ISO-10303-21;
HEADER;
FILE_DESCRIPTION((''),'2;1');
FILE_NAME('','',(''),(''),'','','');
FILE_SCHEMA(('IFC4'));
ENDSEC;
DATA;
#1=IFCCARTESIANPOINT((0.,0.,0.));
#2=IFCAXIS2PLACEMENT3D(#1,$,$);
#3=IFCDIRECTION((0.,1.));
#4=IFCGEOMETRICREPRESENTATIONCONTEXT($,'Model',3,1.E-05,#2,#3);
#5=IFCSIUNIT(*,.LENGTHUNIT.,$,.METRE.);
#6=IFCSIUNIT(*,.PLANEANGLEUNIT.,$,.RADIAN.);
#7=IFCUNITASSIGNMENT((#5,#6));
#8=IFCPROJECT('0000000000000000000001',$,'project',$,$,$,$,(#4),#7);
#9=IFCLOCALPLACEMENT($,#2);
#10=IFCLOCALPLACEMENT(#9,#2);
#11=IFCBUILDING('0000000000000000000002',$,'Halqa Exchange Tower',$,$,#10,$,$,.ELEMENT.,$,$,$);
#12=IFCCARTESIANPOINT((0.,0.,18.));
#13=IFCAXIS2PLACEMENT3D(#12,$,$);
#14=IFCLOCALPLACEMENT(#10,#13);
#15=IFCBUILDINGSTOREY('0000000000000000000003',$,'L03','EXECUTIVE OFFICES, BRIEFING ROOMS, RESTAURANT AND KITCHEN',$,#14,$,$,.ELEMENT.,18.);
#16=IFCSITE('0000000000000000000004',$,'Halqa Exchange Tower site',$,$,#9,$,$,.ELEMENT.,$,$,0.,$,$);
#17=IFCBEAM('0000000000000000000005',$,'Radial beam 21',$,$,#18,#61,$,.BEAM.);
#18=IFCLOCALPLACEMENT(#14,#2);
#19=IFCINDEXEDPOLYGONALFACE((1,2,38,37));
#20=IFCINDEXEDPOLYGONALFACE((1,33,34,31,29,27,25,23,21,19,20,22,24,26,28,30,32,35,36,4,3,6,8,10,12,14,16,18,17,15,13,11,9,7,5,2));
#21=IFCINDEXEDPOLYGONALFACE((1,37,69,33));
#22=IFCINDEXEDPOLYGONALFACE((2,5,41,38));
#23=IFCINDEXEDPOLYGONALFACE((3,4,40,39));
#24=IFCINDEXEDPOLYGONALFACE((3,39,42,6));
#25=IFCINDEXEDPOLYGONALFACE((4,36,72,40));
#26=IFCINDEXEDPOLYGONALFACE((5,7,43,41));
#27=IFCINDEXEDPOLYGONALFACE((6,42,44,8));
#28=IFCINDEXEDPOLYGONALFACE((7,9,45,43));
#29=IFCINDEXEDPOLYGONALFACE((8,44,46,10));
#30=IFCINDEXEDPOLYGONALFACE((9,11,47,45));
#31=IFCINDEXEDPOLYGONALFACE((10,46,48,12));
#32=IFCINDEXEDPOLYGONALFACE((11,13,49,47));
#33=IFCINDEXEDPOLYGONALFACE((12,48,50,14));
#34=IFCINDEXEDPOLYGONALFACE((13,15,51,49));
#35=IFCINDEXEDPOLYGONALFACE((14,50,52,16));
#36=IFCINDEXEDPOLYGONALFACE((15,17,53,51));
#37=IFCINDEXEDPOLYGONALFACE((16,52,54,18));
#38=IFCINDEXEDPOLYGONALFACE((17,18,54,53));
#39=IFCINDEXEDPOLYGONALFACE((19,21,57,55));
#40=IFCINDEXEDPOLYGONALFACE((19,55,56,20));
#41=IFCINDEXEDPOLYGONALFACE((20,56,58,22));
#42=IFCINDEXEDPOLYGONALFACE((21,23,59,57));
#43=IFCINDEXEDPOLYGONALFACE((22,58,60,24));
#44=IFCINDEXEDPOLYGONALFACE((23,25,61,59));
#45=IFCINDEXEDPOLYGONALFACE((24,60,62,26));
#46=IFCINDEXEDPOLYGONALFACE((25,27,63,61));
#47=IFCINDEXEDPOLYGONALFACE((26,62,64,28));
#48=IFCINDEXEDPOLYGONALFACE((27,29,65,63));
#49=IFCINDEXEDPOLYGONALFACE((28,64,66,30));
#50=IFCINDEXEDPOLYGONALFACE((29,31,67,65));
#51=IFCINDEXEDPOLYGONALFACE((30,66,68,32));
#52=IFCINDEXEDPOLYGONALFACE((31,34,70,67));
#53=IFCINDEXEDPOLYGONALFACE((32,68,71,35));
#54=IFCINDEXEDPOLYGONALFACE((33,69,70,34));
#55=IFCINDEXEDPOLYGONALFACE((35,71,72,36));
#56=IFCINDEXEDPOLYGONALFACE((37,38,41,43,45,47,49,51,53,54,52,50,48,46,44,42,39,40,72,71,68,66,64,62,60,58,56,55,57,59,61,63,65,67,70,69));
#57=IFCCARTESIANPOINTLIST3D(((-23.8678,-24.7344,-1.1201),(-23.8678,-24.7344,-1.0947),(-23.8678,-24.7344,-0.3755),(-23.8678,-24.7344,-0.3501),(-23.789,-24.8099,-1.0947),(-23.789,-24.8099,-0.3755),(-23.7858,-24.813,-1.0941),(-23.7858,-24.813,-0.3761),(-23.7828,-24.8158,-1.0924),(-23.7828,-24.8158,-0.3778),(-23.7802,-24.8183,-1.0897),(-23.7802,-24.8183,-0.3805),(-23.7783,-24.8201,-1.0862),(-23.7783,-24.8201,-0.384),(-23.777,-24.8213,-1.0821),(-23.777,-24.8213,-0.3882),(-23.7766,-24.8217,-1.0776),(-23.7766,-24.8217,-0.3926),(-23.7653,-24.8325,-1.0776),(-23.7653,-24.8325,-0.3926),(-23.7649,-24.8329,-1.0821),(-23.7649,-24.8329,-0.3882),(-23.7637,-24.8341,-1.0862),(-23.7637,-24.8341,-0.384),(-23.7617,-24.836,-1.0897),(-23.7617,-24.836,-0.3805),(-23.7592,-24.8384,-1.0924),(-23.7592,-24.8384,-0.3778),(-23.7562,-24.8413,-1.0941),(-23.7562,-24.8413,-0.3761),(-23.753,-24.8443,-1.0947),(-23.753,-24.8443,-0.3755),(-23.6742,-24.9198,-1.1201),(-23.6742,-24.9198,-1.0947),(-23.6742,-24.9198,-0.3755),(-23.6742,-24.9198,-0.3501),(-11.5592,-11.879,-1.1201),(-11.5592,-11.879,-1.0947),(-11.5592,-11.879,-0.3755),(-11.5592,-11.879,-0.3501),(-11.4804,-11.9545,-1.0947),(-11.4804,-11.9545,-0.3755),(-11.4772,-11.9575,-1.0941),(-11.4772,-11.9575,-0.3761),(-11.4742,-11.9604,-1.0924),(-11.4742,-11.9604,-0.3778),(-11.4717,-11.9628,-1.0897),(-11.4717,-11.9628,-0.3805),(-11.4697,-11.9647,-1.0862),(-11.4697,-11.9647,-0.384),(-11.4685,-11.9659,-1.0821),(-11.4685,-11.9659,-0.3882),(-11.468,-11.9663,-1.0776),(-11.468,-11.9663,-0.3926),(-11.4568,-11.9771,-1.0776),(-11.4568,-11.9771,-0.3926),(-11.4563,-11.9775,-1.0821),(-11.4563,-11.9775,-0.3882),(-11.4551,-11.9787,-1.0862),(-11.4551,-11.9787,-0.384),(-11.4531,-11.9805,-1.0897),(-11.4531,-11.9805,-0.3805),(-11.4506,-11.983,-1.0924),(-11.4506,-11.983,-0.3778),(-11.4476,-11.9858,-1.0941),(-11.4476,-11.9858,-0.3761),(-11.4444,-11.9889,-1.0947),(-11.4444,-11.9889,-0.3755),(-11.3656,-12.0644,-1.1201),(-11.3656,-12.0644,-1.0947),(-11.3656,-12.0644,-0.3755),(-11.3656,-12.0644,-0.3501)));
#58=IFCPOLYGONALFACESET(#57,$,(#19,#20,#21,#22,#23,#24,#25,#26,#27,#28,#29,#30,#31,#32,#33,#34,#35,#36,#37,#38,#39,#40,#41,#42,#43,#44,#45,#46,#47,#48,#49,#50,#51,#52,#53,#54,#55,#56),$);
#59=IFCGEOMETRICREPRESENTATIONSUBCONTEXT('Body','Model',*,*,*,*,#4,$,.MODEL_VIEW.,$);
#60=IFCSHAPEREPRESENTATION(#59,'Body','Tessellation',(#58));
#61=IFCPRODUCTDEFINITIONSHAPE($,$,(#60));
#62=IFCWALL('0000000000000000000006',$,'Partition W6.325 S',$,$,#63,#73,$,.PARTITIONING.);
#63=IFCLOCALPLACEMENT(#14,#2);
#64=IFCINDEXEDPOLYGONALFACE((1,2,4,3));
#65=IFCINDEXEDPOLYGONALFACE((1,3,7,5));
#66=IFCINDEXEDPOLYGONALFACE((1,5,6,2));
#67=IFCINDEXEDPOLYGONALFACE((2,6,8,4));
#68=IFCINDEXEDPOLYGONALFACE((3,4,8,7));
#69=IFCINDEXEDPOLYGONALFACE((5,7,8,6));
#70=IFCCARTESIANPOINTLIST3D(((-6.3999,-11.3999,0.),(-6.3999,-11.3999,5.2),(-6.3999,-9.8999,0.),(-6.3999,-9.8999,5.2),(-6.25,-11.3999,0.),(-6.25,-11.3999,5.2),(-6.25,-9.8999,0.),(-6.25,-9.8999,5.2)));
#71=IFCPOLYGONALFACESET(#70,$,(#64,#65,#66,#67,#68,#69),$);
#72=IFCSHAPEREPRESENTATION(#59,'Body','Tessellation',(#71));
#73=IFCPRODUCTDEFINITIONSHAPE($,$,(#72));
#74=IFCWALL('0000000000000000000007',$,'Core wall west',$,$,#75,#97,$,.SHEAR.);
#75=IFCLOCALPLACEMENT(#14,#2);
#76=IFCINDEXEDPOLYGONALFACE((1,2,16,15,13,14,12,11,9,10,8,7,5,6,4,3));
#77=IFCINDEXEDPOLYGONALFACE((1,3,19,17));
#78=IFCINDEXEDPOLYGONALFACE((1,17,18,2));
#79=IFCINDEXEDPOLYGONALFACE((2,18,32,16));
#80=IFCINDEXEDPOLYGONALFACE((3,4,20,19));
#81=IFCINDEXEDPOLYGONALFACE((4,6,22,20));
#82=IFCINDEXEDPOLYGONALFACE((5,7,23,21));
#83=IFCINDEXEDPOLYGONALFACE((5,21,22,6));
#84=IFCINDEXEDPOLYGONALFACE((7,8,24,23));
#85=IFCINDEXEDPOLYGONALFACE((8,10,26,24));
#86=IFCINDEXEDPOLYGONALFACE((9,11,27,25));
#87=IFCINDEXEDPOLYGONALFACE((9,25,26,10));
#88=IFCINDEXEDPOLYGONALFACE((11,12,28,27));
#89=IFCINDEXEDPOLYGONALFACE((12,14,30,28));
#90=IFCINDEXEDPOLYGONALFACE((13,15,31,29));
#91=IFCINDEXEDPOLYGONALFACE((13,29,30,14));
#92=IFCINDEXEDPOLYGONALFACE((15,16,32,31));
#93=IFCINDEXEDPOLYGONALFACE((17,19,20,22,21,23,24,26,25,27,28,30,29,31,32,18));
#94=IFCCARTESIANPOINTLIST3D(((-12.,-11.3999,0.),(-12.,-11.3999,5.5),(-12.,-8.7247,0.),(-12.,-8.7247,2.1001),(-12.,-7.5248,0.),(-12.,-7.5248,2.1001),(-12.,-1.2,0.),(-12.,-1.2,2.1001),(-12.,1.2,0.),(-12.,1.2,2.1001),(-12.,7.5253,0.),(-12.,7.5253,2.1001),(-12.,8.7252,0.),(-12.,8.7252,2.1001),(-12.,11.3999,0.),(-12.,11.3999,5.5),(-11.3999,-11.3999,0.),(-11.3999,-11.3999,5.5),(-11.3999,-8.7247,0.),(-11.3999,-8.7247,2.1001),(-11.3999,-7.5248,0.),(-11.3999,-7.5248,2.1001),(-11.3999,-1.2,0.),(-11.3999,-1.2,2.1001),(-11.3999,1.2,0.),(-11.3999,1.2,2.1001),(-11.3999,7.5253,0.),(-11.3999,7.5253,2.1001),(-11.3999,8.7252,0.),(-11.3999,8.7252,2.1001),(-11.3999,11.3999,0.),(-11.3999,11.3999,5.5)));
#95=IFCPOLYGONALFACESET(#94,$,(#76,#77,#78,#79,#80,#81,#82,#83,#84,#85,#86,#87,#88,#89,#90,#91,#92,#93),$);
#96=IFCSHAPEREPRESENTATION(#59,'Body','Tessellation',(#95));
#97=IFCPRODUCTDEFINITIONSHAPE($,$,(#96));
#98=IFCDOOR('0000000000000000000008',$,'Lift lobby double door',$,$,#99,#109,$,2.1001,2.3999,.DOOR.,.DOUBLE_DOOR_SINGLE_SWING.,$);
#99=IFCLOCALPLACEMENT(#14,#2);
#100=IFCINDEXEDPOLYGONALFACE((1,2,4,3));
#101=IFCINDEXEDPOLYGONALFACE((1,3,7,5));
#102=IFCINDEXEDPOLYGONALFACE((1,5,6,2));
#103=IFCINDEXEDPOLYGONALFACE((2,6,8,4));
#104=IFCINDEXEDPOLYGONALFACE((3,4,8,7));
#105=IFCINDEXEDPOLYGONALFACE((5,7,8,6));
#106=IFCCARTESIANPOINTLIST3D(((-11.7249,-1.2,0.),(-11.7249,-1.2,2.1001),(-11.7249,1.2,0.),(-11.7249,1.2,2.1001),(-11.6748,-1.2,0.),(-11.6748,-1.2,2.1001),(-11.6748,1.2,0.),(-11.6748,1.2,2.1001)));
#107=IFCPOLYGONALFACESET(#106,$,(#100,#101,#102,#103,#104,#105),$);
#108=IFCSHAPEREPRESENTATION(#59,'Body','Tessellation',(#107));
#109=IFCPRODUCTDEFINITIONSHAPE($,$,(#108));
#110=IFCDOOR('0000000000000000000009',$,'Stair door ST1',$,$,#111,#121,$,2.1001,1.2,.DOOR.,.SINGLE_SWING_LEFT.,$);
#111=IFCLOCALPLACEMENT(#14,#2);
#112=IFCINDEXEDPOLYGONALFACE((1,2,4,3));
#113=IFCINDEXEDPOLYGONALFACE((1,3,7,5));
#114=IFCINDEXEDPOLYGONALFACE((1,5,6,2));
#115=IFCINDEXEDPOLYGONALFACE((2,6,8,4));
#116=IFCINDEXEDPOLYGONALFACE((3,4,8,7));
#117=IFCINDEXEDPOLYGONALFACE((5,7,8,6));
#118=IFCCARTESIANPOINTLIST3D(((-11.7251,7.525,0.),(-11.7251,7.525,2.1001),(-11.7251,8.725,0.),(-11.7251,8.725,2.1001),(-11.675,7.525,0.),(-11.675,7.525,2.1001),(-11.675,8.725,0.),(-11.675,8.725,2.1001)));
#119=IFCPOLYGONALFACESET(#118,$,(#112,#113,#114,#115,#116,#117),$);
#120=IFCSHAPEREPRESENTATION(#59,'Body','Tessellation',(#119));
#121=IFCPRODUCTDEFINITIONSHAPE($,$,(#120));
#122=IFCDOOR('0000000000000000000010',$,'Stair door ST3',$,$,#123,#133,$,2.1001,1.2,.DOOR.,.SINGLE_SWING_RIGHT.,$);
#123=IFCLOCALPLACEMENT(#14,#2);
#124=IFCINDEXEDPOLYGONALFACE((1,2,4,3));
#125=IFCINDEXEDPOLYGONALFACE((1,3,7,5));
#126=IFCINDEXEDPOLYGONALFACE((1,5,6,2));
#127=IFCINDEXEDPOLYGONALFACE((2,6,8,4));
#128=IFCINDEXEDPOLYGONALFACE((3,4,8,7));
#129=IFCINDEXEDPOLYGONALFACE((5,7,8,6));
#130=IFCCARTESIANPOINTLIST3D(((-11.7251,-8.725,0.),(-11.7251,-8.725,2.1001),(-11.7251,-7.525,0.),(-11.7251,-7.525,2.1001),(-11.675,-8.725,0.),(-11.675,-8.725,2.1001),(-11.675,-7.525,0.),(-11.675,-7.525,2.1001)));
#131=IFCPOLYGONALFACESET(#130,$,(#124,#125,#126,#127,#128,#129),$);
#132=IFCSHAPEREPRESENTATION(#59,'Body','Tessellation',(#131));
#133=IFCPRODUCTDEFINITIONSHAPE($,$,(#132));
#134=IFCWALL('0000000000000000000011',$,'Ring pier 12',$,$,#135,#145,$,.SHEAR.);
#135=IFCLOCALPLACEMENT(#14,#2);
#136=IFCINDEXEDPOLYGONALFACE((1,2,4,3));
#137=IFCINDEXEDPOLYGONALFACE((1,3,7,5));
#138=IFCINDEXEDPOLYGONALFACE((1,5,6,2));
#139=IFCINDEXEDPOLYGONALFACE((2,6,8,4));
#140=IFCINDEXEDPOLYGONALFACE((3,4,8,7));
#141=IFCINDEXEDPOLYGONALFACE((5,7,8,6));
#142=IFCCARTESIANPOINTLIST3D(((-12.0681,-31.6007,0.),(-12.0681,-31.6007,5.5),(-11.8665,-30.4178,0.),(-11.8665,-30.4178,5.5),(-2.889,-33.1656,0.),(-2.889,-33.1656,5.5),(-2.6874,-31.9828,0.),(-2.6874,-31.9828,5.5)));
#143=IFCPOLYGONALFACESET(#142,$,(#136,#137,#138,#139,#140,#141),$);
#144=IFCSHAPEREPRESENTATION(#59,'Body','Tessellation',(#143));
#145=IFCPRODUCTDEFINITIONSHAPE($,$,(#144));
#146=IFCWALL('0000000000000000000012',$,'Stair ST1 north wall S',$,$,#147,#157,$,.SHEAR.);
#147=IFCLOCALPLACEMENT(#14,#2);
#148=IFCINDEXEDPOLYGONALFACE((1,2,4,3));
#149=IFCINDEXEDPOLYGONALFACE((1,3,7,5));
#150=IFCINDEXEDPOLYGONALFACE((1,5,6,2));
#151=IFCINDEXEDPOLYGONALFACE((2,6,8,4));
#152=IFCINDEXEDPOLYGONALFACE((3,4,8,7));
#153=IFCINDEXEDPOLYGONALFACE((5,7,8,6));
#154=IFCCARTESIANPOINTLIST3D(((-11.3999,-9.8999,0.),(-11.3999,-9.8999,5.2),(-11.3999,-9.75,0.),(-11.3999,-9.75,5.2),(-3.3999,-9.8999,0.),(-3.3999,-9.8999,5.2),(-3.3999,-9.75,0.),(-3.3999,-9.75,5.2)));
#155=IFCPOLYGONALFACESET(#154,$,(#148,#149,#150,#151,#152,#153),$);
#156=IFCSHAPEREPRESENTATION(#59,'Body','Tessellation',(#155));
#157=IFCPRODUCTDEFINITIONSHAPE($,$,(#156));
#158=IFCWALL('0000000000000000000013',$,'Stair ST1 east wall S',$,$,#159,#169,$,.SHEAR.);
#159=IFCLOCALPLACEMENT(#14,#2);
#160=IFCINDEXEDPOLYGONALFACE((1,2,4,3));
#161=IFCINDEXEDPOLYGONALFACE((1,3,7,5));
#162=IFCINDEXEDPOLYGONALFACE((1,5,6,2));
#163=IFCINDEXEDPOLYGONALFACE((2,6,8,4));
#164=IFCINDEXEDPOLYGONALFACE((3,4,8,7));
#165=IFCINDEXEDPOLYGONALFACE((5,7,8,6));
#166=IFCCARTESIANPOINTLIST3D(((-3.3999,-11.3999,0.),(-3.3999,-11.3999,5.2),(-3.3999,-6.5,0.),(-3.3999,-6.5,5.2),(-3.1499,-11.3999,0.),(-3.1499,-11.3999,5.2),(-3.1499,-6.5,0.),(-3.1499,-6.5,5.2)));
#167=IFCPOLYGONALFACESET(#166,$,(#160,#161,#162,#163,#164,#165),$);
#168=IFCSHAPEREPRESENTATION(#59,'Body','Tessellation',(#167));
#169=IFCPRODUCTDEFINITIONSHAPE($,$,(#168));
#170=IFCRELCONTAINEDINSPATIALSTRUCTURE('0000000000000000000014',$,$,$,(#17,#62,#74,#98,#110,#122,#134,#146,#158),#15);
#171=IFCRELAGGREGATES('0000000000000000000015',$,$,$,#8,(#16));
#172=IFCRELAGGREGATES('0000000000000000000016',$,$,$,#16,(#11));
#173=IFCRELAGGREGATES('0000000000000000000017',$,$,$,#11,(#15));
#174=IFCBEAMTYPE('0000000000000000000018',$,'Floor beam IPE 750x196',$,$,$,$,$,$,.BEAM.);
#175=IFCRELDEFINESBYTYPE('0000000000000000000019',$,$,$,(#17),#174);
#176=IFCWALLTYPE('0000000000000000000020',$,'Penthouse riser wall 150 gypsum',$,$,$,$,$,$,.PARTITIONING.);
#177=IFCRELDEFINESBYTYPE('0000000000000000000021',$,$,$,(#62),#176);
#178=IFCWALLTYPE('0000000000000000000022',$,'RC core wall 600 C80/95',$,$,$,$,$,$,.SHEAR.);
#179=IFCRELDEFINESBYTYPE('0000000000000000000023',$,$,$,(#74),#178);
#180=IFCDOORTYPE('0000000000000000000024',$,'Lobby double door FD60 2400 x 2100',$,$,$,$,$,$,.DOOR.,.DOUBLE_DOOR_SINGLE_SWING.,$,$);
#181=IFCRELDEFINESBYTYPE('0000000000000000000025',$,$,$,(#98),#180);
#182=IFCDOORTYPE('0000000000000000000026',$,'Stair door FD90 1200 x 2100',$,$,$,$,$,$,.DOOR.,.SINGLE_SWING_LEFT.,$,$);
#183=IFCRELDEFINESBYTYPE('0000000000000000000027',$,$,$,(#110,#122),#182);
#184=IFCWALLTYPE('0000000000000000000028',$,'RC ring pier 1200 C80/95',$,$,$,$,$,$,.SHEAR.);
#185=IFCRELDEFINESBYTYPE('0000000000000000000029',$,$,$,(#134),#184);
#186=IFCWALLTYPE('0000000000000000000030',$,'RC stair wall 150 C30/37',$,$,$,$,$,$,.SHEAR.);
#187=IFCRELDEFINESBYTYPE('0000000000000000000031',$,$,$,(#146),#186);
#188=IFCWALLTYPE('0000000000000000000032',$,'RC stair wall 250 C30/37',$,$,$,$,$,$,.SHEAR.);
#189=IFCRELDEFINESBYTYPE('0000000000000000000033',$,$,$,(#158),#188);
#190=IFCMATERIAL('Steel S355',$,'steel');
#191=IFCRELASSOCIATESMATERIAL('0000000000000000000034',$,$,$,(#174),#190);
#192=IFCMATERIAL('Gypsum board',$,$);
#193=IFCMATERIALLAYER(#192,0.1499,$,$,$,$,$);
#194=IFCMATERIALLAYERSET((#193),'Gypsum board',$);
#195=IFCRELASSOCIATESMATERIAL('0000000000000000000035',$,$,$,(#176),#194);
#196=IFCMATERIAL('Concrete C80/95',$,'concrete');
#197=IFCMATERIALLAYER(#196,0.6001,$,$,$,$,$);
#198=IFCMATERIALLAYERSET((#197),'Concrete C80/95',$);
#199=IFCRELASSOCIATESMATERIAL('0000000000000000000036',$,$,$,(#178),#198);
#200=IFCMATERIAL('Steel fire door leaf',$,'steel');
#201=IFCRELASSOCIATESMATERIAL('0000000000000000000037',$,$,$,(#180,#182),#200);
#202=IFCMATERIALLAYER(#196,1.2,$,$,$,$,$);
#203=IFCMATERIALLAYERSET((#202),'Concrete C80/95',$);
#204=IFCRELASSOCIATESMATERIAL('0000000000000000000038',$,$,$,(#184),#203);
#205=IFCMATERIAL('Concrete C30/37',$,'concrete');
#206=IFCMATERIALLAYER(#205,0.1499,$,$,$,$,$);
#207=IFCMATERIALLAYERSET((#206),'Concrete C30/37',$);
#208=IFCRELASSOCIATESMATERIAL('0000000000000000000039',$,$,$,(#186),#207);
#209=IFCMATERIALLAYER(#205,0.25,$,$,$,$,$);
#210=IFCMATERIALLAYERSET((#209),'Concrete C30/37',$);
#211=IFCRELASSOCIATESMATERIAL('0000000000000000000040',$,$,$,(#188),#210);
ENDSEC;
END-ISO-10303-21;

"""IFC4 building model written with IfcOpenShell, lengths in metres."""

from ifc_helpers import new_model, si_unit, direction, frame, frame_2d, origin, origin_2d, place, context, subcontext, project, spatial, rectangle, i_section, extrude, material, layer, layer_set, material_profile, profile_set, type_object, element, fill, save


model = new_model("IFC4")

# Units and contexts
model_context = context("Model", 3, precision=1e-05, world=origin(), true_north=direction((0.0, 1.0)))
body_context = subcontext(model_context, "Body", "Model", "MODEL_VIEW")
ifc_project = project(units=[si_unit("LENGTHUNIT", "METRE"), si_unit("PLANEANGLEUNIT", "RADIAN")], contexts=[model_context])

# Site, building, storey
site_placement = place(None, origin())
site = spatial("IfcSite", under=ifc_project, at=site_placement, Name="Halqa Exchange Tower site", CompositionType="ELEMENT", RefElevation=0.0)
building_placement = place(site_placement, origin())
building = spatial("IfcBuilding", under=site, at=building_placement, Name="Halqa Exchange Tower", CompositionType="ELEMENT")
storey_placement = place(building_placement, frame((0.0, 0.0, 18.0)))
storey = spatial("IfcBuildingStorey", under=building, at=storey_placement, Name="L03", Description="EXECUTIVE OFFICES, BRIEFING ROOMS, RESTAURANT AND KITCHEN", CompositionType="ELEMENT", Elevation=18.0)

# Beam
ifc_material_1 = material(Name="Steel S355", Category="steel")
ifc_material_profile_1 = material_profile(ifc_material_1, i_section(OverallWidth=0.2681, OverallDepth=0.77, WebThickness=0.0156, FlangeThickness=0.0254, FilletRadius=0.0171, at=origin_2d()), Name="IPE 750x196")
ifc_profile_set_1 = profile_set([ifc_material_profile_1], Name="Steel S355")
beam_type_1 = type_object("IfcBeamType", Name="Floor beam IPE 750x196", PredefinedType="BEAM", material=ifc_profile_set_1)
beam_1_placement = place(storey_placement, frame((-11.4624, -11.9717, -0.7351), z_axis=(-0.691576, -0.722303, 0.0), x_axis=(0.722303, -0.691576, 0.0)))
element("IfcBeam", 1, at=beam_1_placement, inside=storey, type_object=beam_type_1, Name="Radial beam 21", PredefinedType="BEAM", context=body_context, shape_type="SweptSolid", body=[
    extrude(i_section(OverallWidth=0.2681, OverallDepth=0.77, WebThickness=0.0156, FlangeThickness=0.0254, FilletRadius=0.0171, at=origin_2d()), origin(), (0.0, 0.0, 1.0), 17.7979),
])

# Wall
ifc_material_2 = material(Name="Gypsum board")
ifc_layer_1 = layer(ifc_material_2, 0.1499)
ifc_layer_set_1 = layer_set([ifc_layer_1], Name="Gypsum board")
wall_type_1 = type_object("IfcWallType", Name="Penthouse riser wall 150 gypsum", PredefinedType="PARTITIONING", material=ifc_layer_set_1)
wall_1_placement = place(storey_placement, frame((-6.325, -11.3999, 0.0), z_axis=(0.0, 0.0, 1.0), x_axis=(0.0, 1.0, 0.0)))
element("IfcWall", 2, at=wall_1_placement, inside=storey, type_object=wall_type_1, Name="Partition W6.325 S", PredefinedType="PARTITIONING", context=body_context, shape_type="SweptSolid", body=[
    extrude(rectangle(XDim=1.5, YDim=0.1499, at=frame_2d((0.75, 0.0))), origin(), (0.0, 0.0, 1.0), 5.2),
])

# Wall, openings, doors
ifc_material_3 = material(Name="Concrete C80/95", Category="concrete")
ifc_layer_2 = layer(ifc_material_3, 0.6001)
ifc_layer_set_2 = layer_set([ifc_layer_2], Name="Concrete C80/95")
wall_type_2 = type_object("IfcWallType", Name="RC core wall 600 C80/95", PredefinedType="SHEAR", material=ifc_layer_set_2)
wall_2_placement = place(storey_placement, frame((-11.7, -11.3999, 0.0), z_axis=(0.0, 0.0, 1.0), x_axis=(0.0, 1.0, 0.0)))
wall_2 = element("IfcWall", 3, at=wall_2_placement, inside=storey, type_object=wall_type_2, Name="Core wall west", PredefinedType="SHEAR", context=body_context, shape_type="SweptSolid", body=[
    extrude(rectangle(XDim=22.7998, YDim=0.6001, at=frame_2d((11.3999, 0.0))), origin(), (0.0, 0.0, 1.0), 5.5),
])
opening_1_placement = place(wall_2_placement, frame((10.2, 0.0, 0.0)))
opening_1 = element("IfcOpeningElement", 4, at=opening_1_placement, cuts=wall_2, PredefinedType="OPENING", context=body_context, shape_type="SweptSolid", body=[
    extrude(rectangle(XDim=2.3999, YDim=2.1001, at=frame_2d((1.2, 1.05))), frame((0.0, 0.312, 0.0), z_axis=(0.0, -1.0, 0.0), x_axis=(1.0, 0.0, 0.0)), (0.0, 0.0, 1.0), 0.624),
])
opening_2_placement = place(wall_2_placement, frame((18.925, 0.0, 0.0)))
opening_2 = element("IfcOpeningElement", 5, at=opening_2_placement, cuts=wall_2, PredefinedType="OPENING", context=body_context, shape_type="SweptSolid", body=[
    extrude(rectangle(XDim=1.2, YDim=2.1001, at=frame_2d((0.6001, 1.05))), frame((0.0, 0.312, 0.0), z_axis=(0.0, -1.0, 0.0), x_axis=(1.0, 0.0, 0.0)), (0.0, 0.0, 1.0), 0.624),
])
opening_3_placement = place(wall_2_placement, frame((2.675, 0.0, 0.0)))
opening_3 = element("IfcOpeningElement", 6, at=opening_3_placement, cuts=wall_2, PredefinedType="OPENING", context=body_context, shape_type="SweptSolid", body=[
    extrude(rectangle(XDim=1.2, YDim=2.1001, at=frame_2d((0.6001, 1.05))), frame((0.0, 0.312, 0.0), z_axis=(0.0, -1.0, 0.0), x_axis=(1.0, 0.0, 0.0)), (0.0, 0.0, 1.0), 0.624),
])
ifc_material_4 = material(Name="Steel fire door leaf", Category="steel")
door_type_1 = type_object("IfcDoorType", Name="Lobby double door FD60 2400 x 2100", OperationType="DOUBLE_DOOR_SINGLE_SWING", PredefinedType="DOOR", material=ifc_material_4)
door_1_placement = place(opening_1_placement, origin())
door_1 = element("IfcDoor", 7, at=door_1_placement, inside=storey, type_object=door_type_1, Name="Lift lobby double door", OperationType="DOUBLE_DOOR_SINGLE_SWING", OverallHeight=2.1001, OverallWidth=2.3999, PredefinedType="DOOR", context=body_context, shape_type="SweptSolid", body=[
    extrude(rectangle(XDim=2.3999, YDim=2.1001, at=frame_2d((1.2, 1.05))), frame((0.0, 0.0249, 0.0), z_axis=(0.0, -1.0, 0.0), x_axis=(1.0, 0.0, 0.0)), (0.0, 0.0, 1.0), 0.05),
])
fill(opening_1, door_1)
door_type_2 = type_object("IfcDoorType", Name="Stair door FD90 1200 x 2100", OperationType="SINGLE_SWING_LEFT", PredefinedType="DOOR", material=ifc_material_4)
door_2_placement = place(opening_2_placement, frame((1.2, 0.0, 0.0), z_axis=(0.0, 0.0, 1.0), x_axis=(-1.0, 0.0, 0.0)))
door_2 = element("IfcDoor", 8, at=door_2_placement, inside=storey, type_object=door_type_2, Name="Stair door ST1", OperationType="SINGLE_SWING_LEFT", OverallHeight=2.1001, OverallWidth=1.2, PredefinedType="DOOR", context=body_context, shape_type="SweptSolid", body=[
    extrude(rectangle(XDim=1.2, YDim=2.1001, at=frame_2d((0.6001, 1.05))), frame((0.0, 0.0249, 0.0), z_axis=(0.0, -1.0, 0.0), x_axis=(1.0, 0.0, 0.0)), (0.0, 0.0, 1.0), 0.05),
])
fill(opening_2, door_2)
door_3_placement = place(opening_3_placement, frame((1.2, 0.0, 0.0), z_axis=(0.0, 0.0, 1.0), x_axis=(-1.0, 0.0, 0.0)))
door_3 = element("IfcDoor", 9, at=door_3_placement, inside=storey, type_object=door_type_2, Name="Stair door ST3", OperationType="SINGLE_SWING_RIGHT", OverallHeight=2.1001, OverallWidth=1.2, PredefinedType="DOOR", context=body_context, shape_type="SweptSolid", body=[
    extrude(rectangle(XDim=1.2, YDim=2.1001, at=frame_2d((0.6001, 1.05))), frame((0.0, 0.0249, 0.0), z_axis=(0.0, -1.0, 0.0), x_axis=(1.0, 0.0, 0.0)), (0.0, 0.0, 1.0), 0.05),
])
fill(opening_3, door_3)

# Walls
ifc_layer_3 = layer(ifc_material_3, 1.2)
ifc_layer_set_3 = layer_set([ifc_layer_3], Name="Concrete C80/95")
wall_type_3 = type_object("IfcWallType", Name="RC ring pier 1200 C80/95", PredefinedType="SHEAR", material=ifc_layer_set_3)
wall_3_placement = place(storey_placement, frame((-11.9673, -31.0093, 0.0), z_axis=(0.0, 0.0, 1.0), x_axis=(0.985776, -0.168063, 0.0)))
element("IfcWall", 10, at=wall_3_placement, inside=storey, type_object=wall_type_3, Name="Ring pier 12", PredefinedType="SHEAR", context=body_context, shape_type="SweptSolid", body=[
    extrude(rectangle(XDim=9.3115, YDim=1.2, at=frame_2d((4.6558, 0.0))), origin(), (0.0, 0.0, 1.0), 5.5),
])
ifc_material_5 = material(Name="Concrete C30/37", Category="concrete")
ifc_layer_4 = layer(ifc_material_5, 0.1499)
ifc_layer_set_4 = layer_set([ifc_layer_4], Name="Concrete C30/37")
wall_type_4 = type_object("IfcWallType", Name="RC stair wall 150 C30/37", PredefinedType="SHEAR", material=ifc_layer_set_4)
wall_4_placement = place(storey_placement, frame((-11.3999, -9.825, 0.0), z_axis=(0.0, 0.0, 1.0), x_axis=(1.0, 0.0, 0.0)))
element("IfcWall", 11, at=wall_4_placement, inside=storey, type_object=wall_type_4, Name="Stair ST1 north wall S", PredefinedType="SHEAR", context=body_context, shape_type="SweptSolid", body=[
    extrude(rectangle(XDim=8.0, YDim=0.1499, at=frame_2d((4.0, 0.0))), origin(), (0.0, 0.0, 1.0), 5.2),
])
ifc_layer_5 = layer(ifc_material_5, 0.25)
ifc_layer_set_5 = layer_set([ifc_layer_5], Name="Concrete C30/37")
wall_type_5 = type_object("IfcWallType", Name="RC stair wall 250 C30/37", PredefinedType="SHEAR", material=ifc_layer_set_5)
wall_5_placement = place(storey_placement, frame((-3.2749, -11.3999, 0.0), z_axis=(0.0, 0.0, 1.0), x_axis=(0.0, 1.0, 0.0)))
element("IfcWall", 12, at=wall_5_placement, inside=storey, type_object=wall_type_5, Name="Stair ST1 east wall S", PredefinedType="SHEAR", context=body_context, shape_type="SweptSolid", body=[
    extrude(rectangle(XDim=4.8999, YDim=0.25, at=frame_2d((2.45, 0.0))), origin(), (0.0, 0.0, 1.0), 5.2),
])

save(model, "model.ifc")
